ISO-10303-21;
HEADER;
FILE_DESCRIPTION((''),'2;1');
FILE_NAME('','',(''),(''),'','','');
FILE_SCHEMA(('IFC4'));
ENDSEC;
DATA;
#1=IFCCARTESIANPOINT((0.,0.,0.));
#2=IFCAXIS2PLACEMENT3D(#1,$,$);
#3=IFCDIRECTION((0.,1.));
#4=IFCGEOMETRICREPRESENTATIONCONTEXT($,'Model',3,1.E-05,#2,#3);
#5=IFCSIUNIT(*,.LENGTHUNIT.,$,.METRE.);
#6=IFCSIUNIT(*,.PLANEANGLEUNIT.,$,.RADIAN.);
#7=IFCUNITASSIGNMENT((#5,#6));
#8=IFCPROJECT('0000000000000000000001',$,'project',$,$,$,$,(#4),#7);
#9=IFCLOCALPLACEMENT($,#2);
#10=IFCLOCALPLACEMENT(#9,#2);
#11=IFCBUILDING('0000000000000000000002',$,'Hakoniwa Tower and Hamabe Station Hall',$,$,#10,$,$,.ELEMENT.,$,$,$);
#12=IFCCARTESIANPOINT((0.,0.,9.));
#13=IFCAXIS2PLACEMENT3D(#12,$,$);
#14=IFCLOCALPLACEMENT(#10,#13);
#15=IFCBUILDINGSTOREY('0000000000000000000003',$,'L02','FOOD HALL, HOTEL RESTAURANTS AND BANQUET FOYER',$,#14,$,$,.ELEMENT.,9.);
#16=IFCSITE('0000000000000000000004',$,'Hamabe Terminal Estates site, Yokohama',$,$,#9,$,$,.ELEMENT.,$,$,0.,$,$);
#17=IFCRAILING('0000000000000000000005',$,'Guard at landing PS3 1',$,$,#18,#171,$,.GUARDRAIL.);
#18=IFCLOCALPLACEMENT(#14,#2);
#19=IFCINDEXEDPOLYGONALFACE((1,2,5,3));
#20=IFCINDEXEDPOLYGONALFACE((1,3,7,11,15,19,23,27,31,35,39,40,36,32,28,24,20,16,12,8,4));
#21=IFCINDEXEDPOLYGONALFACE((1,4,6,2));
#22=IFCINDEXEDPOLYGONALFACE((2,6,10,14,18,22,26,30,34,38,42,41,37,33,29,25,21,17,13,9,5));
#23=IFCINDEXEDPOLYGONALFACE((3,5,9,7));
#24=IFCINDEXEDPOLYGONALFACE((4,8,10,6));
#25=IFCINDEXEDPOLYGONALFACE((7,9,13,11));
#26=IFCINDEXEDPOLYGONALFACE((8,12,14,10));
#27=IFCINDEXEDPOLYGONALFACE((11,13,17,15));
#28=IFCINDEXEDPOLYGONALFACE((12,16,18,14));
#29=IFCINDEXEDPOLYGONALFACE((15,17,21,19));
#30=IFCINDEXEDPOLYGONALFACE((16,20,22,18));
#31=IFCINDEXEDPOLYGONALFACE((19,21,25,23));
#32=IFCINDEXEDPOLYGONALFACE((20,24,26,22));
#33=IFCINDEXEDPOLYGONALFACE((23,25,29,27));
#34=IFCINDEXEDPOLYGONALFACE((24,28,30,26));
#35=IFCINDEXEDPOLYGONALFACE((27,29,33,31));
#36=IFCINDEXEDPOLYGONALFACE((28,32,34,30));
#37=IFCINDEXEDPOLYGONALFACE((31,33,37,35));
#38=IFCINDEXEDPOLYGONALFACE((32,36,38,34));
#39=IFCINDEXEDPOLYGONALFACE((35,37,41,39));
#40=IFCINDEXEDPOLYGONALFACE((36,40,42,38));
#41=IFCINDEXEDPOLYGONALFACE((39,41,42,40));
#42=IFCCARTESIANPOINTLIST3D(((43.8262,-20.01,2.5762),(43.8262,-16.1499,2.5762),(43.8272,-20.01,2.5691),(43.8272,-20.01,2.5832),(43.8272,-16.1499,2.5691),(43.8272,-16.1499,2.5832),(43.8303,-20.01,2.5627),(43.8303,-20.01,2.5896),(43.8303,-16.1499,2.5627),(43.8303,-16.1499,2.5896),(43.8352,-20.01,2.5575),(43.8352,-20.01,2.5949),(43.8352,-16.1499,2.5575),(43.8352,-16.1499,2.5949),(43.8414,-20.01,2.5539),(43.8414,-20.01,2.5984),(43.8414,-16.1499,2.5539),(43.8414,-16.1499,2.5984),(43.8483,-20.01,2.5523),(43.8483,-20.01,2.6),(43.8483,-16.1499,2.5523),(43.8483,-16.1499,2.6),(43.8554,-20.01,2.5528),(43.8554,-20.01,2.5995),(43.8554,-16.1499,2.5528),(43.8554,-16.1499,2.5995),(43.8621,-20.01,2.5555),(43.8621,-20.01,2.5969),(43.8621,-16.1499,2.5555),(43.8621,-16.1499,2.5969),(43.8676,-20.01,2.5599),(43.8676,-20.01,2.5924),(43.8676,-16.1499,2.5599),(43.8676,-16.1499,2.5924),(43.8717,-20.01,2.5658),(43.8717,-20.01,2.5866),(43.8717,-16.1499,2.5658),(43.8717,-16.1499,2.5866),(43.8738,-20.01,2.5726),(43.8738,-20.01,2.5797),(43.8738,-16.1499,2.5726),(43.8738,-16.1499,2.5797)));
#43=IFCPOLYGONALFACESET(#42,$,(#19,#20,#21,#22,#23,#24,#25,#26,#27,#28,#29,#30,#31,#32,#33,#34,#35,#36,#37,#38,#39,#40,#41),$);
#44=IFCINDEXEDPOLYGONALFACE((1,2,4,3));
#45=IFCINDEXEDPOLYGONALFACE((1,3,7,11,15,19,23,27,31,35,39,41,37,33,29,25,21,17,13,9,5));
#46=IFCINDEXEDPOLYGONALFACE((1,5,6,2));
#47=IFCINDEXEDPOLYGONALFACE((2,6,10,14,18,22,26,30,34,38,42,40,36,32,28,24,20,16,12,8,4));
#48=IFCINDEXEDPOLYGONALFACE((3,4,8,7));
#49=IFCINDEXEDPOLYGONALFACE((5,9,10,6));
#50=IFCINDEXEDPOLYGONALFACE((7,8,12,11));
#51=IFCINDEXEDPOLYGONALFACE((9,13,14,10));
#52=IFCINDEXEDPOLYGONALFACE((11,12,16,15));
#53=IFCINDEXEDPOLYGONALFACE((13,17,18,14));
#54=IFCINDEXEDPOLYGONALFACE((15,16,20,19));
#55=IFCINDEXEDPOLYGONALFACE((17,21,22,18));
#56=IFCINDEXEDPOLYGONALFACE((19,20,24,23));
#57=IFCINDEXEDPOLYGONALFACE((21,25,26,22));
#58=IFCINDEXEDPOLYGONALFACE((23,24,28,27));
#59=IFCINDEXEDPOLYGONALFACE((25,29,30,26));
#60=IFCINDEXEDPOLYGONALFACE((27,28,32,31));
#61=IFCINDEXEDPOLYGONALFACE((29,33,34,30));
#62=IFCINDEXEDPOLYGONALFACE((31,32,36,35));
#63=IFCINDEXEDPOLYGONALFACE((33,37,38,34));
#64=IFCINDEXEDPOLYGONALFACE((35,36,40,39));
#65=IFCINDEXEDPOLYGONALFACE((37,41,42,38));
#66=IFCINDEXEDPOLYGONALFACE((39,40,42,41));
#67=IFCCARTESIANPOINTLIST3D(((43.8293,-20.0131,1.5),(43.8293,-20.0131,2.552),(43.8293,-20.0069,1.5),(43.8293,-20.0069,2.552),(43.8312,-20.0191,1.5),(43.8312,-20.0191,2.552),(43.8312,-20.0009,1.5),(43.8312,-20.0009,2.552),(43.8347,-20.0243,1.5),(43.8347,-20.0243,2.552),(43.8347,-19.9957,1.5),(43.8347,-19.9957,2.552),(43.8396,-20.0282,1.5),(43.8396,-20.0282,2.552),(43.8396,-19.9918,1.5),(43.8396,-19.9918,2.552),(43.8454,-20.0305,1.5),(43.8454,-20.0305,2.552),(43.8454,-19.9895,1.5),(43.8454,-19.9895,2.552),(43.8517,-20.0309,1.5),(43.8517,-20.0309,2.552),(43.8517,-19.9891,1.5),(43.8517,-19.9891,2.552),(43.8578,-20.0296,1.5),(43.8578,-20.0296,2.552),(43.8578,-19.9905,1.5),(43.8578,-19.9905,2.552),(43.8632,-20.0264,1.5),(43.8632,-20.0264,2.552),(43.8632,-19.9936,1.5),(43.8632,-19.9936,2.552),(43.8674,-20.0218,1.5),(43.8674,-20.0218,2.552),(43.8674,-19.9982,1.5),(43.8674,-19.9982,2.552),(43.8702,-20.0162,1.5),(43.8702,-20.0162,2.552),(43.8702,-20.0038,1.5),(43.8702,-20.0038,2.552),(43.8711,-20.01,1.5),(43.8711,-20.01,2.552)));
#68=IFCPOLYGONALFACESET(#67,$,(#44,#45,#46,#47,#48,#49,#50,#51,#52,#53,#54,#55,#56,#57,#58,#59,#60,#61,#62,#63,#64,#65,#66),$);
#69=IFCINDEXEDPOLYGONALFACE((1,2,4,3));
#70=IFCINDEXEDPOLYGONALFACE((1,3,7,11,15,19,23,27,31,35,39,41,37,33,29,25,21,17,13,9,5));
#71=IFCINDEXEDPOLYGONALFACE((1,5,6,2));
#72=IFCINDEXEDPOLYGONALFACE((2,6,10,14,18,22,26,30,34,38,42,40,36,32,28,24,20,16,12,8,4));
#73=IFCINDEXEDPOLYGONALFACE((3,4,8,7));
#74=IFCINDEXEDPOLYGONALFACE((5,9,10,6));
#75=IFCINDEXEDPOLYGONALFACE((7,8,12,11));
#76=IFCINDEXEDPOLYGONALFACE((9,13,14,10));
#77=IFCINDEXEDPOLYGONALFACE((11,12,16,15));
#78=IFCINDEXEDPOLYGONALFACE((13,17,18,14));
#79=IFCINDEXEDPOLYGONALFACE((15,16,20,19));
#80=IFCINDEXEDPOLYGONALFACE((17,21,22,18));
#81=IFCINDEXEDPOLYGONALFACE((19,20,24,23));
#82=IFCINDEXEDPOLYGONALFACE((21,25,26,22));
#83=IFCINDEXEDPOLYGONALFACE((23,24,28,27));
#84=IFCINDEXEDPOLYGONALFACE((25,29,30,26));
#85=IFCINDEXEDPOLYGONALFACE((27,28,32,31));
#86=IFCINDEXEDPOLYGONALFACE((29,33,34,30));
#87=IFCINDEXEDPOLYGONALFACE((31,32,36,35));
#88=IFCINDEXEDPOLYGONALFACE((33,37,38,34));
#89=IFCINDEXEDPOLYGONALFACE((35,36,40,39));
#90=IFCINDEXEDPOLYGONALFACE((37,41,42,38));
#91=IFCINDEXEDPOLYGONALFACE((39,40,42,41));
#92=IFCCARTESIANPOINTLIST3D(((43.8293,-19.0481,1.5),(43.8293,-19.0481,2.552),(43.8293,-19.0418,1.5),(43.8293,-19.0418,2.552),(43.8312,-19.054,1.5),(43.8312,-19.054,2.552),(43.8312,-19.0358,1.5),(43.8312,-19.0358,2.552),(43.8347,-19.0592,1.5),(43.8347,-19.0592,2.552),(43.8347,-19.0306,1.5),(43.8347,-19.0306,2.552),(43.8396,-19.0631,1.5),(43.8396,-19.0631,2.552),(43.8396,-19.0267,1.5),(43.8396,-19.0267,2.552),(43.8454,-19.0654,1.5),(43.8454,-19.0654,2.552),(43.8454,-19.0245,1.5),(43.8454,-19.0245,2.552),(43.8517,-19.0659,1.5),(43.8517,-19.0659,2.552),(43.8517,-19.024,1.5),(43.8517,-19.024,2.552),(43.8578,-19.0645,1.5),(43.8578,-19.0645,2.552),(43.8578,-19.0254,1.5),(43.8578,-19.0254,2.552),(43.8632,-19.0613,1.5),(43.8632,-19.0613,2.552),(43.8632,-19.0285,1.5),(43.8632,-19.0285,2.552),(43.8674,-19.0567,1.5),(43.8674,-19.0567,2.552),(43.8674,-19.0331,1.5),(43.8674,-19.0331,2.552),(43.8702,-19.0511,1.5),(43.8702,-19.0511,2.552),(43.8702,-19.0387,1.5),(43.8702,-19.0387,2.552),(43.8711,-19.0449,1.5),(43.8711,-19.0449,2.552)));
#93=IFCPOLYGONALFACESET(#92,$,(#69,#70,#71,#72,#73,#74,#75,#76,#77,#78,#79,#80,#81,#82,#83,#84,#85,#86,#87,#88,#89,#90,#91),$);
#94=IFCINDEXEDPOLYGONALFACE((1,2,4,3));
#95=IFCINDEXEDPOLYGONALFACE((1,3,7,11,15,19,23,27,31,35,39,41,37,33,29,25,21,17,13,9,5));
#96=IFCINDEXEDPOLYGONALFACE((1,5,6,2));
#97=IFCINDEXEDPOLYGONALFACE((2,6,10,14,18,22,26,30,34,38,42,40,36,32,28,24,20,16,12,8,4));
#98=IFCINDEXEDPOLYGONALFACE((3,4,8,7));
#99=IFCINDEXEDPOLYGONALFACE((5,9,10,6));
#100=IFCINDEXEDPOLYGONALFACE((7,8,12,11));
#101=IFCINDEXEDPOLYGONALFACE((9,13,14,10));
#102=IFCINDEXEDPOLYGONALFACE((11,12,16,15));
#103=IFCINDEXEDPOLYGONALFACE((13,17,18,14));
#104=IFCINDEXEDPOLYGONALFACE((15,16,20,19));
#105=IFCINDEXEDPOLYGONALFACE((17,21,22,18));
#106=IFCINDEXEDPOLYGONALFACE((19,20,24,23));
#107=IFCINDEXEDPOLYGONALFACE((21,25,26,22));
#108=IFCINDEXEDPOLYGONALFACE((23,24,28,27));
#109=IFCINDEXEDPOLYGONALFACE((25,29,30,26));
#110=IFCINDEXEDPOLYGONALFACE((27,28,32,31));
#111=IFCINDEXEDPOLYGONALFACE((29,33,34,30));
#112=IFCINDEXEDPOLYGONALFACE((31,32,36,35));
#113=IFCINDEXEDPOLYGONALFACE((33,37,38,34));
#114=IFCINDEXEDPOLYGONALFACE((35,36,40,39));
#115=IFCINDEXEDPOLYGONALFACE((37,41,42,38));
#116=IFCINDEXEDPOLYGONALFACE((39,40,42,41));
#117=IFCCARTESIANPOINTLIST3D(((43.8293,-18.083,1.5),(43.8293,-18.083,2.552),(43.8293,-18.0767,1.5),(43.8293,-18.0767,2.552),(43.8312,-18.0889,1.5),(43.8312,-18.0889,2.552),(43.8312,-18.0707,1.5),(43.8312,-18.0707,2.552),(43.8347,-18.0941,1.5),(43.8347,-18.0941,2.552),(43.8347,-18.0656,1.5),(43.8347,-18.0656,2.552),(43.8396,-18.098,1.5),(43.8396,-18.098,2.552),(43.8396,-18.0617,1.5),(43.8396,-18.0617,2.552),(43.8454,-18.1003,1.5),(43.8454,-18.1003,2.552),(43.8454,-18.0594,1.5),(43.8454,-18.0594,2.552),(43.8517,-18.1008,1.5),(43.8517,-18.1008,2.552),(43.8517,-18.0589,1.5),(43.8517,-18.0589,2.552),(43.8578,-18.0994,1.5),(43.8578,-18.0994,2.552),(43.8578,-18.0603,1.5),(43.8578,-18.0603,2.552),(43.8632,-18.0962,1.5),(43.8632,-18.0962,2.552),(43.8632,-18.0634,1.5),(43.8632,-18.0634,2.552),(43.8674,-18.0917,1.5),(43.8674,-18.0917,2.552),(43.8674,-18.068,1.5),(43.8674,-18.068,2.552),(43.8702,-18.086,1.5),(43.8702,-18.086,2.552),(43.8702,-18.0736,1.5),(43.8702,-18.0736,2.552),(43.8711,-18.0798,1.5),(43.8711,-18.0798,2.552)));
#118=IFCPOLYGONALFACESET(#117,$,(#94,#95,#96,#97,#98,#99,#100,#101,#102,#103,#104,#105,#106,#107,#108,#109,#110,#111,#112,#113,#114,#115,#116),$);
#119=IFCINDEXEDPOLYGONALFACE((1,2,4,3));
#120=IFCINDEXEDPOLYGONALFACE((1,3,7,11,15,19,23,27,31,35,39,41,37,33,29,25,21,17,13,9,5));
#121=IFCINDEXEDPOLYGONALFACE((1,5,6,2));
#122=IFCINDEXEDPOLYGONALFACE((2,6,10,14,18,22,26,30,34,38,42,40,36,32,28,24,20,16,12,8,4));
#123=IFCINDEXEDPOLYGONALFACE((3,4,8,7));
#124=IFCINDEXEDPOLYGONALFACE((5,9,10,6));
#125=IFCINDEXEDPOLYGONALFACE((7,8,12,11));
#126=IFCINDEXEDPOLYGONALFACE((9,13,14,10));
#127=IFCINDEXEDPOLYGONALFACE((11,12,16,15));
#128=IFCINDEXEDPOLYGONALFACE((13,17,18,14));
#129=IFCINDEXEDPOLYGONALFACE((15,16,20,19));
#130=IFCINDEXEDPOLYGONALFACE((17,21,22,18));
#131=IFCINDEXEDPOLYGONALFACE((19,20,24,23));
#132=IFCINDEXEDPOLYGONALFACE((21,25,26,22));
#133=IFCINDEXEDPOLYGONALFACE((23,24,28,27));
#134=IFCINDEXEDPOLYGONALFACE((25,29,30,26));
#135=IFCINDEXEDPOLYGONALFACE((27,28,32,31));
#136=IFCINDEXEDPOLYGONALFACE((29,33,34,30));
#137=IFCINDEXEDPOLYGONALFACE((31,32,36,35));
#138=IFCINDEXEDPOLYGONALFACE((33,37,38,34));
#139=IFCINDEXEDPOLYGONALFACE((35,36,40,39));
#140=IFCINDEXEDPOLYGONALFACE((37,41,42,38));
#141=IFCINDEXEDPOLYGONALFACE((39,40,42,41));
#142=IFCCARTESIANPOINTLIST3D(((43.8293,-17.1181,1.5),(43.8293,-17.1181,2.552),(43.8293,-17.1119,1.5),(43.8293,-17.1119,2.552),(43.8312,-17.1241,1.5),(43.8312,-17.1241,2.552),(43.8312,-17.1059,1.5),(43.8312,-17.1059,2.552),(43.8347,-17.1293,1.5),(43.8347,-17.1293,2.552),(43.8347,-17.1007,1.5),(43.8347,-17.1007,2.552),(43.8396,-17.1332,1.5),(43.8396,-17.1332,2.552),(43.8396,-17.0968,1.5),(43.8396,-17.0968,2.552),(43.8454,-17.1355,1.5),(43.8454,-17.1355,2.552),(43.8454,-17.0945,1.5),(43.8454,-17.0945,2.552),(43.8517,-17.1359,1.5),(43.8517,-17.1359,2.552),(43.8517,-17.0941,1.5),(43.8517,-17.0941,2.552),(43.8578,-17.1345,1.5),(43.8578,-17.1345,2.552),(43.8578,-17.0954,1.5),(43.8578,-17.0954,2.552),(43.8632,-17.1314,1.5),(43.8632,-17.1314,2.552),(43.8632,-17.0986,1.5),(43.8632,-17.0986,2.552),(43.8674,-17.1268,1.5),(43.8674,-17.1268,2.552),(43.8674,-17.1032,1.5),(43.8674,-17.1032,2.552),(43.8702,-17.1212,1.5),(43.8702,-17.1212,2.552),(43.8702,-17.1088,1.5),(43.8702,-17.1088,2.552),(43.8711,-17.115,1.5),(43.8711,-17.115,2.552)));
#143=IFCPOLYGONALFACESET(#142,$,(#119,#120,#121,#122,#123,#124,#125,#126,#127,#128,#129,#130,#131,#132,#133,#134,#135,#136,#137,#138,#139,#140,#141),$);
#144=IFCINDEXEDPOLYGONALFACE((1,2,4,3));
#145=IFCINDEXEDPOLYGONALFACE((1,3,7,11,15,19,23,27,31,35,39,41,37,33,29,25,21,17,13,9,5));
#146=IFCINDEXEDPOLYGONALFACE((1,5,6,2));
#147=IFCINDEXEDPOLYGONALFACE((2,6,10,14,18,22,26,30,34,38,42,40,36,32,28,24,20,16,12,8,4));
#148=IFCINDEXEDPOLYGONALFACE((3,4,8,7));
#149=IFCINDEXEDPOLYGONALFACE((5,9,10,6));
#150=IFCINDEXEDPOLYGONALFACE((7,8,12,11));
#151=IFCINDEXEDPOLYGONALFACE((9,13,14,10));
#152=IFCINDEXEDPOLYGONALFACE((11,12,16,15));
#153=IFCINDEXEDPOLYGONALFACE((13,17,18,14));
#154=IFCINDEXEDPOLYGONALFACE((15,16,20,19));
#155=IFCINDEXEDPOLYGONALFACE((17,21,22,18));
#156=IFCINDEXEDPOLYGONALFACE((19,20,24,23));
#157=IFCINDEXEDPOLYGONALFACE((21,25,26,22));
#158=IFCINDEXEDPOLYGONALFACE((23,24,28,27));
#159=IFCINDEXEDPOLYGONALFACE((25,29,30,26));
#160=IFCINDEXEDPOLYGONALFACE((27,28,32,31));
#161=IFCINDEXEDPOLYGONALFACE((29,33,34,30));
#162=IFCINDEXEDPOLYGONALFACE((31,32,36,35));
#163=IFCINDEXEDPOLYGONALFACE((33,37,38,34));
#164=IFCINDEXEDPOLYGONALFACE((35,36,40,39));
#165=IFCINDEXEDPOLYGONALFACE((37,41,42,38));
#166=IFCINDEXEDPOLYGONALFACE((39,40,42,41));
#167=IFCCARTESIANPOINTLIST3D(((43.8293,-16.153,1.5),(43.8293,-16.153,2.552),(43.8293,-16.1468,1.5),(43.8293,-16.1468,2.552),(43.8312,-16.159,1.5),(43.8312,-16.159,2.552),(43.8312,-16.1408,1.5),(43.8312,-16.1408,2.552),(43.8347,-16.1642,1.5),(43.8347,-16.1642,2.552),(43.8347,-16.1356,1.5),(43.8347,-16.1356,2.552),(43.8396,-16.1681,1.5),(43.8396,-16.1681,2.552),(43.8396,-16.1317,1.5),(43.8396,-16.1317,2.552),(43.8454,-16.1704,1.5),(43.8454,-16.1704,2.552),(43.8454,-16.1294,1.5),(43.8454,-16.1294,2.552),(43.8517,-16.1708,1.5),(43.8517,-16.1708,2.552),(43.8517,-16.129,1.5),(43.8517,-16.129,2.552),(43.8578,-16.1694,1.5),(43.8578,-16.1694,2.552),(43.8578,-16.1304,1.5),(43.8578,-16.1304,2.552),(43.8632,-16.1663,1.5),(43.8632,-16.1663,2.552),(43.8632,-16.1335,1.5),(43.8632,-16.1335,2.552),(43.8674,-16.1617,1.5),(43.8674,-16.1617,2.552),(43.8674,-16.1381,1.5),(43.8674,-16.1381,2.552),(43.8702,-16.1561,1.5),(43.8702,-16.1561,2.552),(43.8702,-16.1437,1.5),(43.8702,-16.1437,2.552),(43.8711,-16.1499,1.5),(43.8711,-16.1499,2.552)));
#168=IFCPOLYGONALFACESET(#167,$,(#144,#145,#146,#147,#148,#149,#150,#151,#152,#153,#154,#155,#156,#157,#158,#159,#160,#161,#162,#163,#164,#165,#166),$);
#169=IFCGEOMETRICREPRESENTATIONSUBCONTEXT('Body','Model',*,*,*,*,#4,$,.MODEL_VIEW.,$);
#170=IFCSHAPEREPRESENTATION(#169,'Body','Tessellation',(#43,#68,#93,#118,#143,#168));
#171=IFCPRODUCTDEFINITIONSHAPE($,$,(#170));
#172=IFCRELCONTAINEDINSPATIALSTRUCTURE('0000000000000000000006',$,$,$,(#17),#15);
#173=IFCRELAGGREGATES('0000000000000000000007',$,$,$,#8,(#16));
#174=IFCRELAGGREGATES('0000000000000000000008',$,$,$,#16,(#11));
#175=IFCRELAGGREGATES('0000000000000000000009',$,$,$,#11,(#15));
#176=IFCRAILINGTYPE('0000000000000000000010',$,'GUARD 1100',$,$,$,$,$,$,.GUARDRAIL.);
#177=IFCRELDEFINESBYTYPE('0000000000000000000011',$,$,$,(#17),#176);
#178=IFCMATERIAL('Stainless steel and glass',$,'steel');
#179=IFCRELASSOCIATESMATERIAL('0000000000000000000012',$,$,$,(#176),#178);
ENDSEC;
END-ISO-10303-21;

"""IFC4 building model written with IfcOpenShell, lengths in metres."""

from ifc_helpers import new_model, si_unit, direction, frame, origin, origin_2d, place, context, subcontext, project, spatial, circle, extrude, material, type_object, element, save


model = new_model("IFC4")

# Units and contexts
model_context = context("Model", 3, precision=1e-05, world=origin(), true_north=direction((0.0, 1.0)))
body_context = subcontext(model_context, "Body", "Model", "MODEL_VIEW")
ifc_project = project(units=[si_unit("LENGTHUNIT", "METRE"), si_unit("PLANEANGLEUNIT", "RADIAN")], contexts=[model_context])

# Site, building, storey
site_placement = place(None, origin())
site = spatial("IfcSite", under=ifc_project, at=site_placement, Name="Hamabe Terminal Estates site, Yokohama", CompositionType="ELEMENT", RefElevation=0.0)
building_placement = place(site_placement, origin())
building = spatial("IfcBuilding", under=site, at=building_placement, Name="Hakoniwa Tower and Hamabe Station Hall", CompositionType="ELEMENT")
storey_placement = place(building_placement, frame((0.0, 0.0, 9.0)))
storey = spatial("IfcBuildingStorey", under=building, at=storey_placement, Name="L02", Description="FOOD HALL, HOTEL RESTAURANTS AND BANQUET FOYER", CompositionType="ELEMENT", Elevation=9.0)

# Railing
ifc_material_1 = material(Name="Stainless steel and glass", Category="steel")
railing_type_1 = type_object("IfcRailingType", Name="GUARD 1100", PredefinedType="GUARDRAIL", material=ifc_material_1)
railing_1_placement = place(storey_placement, frame((43.8501, -20.01, 1.5)))
element("IfcRailing", 1, at=railing_1_placement, inside=storey, type_object=railing_type_1, Name="Guard at landing PS3 1", PredefinedType="GUARDRAIL", context=body_context, shape_type="SweptSolid", body=[
    extrude(circle(Radius=0.0239, at=origin_2d()), frame((0.0, 0.0, 1.0762), z_axis=(0.0, 1.0, 0.0), x_axis=(-1.0, 0.0, 0.0)), (0.0, 0.0, 1.0), 3.8601),
    extrude(circle(Radius=0.021, at=origin_2d()), origin(), (0.0, 0.0, 1.0), 1.052),
    extrude(circle(Radius=0.021, at=origin_2d()), frame((0.0, 0.9651, 0.0)), (0.0, 0.0, 1.0), 1.052),
    extrude(circle(Radius=0.021, at=origin_2d()), frame((0.0, 1.9302, 0.0)), (0.0, 0.0, 1.0), 1.052),
    extrude(circle(Radius=0.021, at=origin_2d()), frame((0.0, 2.895, 0.0)), (0.0, 0.0, 1.0), 1.052),
    extrude(circle(Radius=0.021, at=origin_2d()), frame((0.0, 3.8601, 0.0)), (0.0, 0.0, 1.0), 1.052),
])

save(model, "model.ifc")
